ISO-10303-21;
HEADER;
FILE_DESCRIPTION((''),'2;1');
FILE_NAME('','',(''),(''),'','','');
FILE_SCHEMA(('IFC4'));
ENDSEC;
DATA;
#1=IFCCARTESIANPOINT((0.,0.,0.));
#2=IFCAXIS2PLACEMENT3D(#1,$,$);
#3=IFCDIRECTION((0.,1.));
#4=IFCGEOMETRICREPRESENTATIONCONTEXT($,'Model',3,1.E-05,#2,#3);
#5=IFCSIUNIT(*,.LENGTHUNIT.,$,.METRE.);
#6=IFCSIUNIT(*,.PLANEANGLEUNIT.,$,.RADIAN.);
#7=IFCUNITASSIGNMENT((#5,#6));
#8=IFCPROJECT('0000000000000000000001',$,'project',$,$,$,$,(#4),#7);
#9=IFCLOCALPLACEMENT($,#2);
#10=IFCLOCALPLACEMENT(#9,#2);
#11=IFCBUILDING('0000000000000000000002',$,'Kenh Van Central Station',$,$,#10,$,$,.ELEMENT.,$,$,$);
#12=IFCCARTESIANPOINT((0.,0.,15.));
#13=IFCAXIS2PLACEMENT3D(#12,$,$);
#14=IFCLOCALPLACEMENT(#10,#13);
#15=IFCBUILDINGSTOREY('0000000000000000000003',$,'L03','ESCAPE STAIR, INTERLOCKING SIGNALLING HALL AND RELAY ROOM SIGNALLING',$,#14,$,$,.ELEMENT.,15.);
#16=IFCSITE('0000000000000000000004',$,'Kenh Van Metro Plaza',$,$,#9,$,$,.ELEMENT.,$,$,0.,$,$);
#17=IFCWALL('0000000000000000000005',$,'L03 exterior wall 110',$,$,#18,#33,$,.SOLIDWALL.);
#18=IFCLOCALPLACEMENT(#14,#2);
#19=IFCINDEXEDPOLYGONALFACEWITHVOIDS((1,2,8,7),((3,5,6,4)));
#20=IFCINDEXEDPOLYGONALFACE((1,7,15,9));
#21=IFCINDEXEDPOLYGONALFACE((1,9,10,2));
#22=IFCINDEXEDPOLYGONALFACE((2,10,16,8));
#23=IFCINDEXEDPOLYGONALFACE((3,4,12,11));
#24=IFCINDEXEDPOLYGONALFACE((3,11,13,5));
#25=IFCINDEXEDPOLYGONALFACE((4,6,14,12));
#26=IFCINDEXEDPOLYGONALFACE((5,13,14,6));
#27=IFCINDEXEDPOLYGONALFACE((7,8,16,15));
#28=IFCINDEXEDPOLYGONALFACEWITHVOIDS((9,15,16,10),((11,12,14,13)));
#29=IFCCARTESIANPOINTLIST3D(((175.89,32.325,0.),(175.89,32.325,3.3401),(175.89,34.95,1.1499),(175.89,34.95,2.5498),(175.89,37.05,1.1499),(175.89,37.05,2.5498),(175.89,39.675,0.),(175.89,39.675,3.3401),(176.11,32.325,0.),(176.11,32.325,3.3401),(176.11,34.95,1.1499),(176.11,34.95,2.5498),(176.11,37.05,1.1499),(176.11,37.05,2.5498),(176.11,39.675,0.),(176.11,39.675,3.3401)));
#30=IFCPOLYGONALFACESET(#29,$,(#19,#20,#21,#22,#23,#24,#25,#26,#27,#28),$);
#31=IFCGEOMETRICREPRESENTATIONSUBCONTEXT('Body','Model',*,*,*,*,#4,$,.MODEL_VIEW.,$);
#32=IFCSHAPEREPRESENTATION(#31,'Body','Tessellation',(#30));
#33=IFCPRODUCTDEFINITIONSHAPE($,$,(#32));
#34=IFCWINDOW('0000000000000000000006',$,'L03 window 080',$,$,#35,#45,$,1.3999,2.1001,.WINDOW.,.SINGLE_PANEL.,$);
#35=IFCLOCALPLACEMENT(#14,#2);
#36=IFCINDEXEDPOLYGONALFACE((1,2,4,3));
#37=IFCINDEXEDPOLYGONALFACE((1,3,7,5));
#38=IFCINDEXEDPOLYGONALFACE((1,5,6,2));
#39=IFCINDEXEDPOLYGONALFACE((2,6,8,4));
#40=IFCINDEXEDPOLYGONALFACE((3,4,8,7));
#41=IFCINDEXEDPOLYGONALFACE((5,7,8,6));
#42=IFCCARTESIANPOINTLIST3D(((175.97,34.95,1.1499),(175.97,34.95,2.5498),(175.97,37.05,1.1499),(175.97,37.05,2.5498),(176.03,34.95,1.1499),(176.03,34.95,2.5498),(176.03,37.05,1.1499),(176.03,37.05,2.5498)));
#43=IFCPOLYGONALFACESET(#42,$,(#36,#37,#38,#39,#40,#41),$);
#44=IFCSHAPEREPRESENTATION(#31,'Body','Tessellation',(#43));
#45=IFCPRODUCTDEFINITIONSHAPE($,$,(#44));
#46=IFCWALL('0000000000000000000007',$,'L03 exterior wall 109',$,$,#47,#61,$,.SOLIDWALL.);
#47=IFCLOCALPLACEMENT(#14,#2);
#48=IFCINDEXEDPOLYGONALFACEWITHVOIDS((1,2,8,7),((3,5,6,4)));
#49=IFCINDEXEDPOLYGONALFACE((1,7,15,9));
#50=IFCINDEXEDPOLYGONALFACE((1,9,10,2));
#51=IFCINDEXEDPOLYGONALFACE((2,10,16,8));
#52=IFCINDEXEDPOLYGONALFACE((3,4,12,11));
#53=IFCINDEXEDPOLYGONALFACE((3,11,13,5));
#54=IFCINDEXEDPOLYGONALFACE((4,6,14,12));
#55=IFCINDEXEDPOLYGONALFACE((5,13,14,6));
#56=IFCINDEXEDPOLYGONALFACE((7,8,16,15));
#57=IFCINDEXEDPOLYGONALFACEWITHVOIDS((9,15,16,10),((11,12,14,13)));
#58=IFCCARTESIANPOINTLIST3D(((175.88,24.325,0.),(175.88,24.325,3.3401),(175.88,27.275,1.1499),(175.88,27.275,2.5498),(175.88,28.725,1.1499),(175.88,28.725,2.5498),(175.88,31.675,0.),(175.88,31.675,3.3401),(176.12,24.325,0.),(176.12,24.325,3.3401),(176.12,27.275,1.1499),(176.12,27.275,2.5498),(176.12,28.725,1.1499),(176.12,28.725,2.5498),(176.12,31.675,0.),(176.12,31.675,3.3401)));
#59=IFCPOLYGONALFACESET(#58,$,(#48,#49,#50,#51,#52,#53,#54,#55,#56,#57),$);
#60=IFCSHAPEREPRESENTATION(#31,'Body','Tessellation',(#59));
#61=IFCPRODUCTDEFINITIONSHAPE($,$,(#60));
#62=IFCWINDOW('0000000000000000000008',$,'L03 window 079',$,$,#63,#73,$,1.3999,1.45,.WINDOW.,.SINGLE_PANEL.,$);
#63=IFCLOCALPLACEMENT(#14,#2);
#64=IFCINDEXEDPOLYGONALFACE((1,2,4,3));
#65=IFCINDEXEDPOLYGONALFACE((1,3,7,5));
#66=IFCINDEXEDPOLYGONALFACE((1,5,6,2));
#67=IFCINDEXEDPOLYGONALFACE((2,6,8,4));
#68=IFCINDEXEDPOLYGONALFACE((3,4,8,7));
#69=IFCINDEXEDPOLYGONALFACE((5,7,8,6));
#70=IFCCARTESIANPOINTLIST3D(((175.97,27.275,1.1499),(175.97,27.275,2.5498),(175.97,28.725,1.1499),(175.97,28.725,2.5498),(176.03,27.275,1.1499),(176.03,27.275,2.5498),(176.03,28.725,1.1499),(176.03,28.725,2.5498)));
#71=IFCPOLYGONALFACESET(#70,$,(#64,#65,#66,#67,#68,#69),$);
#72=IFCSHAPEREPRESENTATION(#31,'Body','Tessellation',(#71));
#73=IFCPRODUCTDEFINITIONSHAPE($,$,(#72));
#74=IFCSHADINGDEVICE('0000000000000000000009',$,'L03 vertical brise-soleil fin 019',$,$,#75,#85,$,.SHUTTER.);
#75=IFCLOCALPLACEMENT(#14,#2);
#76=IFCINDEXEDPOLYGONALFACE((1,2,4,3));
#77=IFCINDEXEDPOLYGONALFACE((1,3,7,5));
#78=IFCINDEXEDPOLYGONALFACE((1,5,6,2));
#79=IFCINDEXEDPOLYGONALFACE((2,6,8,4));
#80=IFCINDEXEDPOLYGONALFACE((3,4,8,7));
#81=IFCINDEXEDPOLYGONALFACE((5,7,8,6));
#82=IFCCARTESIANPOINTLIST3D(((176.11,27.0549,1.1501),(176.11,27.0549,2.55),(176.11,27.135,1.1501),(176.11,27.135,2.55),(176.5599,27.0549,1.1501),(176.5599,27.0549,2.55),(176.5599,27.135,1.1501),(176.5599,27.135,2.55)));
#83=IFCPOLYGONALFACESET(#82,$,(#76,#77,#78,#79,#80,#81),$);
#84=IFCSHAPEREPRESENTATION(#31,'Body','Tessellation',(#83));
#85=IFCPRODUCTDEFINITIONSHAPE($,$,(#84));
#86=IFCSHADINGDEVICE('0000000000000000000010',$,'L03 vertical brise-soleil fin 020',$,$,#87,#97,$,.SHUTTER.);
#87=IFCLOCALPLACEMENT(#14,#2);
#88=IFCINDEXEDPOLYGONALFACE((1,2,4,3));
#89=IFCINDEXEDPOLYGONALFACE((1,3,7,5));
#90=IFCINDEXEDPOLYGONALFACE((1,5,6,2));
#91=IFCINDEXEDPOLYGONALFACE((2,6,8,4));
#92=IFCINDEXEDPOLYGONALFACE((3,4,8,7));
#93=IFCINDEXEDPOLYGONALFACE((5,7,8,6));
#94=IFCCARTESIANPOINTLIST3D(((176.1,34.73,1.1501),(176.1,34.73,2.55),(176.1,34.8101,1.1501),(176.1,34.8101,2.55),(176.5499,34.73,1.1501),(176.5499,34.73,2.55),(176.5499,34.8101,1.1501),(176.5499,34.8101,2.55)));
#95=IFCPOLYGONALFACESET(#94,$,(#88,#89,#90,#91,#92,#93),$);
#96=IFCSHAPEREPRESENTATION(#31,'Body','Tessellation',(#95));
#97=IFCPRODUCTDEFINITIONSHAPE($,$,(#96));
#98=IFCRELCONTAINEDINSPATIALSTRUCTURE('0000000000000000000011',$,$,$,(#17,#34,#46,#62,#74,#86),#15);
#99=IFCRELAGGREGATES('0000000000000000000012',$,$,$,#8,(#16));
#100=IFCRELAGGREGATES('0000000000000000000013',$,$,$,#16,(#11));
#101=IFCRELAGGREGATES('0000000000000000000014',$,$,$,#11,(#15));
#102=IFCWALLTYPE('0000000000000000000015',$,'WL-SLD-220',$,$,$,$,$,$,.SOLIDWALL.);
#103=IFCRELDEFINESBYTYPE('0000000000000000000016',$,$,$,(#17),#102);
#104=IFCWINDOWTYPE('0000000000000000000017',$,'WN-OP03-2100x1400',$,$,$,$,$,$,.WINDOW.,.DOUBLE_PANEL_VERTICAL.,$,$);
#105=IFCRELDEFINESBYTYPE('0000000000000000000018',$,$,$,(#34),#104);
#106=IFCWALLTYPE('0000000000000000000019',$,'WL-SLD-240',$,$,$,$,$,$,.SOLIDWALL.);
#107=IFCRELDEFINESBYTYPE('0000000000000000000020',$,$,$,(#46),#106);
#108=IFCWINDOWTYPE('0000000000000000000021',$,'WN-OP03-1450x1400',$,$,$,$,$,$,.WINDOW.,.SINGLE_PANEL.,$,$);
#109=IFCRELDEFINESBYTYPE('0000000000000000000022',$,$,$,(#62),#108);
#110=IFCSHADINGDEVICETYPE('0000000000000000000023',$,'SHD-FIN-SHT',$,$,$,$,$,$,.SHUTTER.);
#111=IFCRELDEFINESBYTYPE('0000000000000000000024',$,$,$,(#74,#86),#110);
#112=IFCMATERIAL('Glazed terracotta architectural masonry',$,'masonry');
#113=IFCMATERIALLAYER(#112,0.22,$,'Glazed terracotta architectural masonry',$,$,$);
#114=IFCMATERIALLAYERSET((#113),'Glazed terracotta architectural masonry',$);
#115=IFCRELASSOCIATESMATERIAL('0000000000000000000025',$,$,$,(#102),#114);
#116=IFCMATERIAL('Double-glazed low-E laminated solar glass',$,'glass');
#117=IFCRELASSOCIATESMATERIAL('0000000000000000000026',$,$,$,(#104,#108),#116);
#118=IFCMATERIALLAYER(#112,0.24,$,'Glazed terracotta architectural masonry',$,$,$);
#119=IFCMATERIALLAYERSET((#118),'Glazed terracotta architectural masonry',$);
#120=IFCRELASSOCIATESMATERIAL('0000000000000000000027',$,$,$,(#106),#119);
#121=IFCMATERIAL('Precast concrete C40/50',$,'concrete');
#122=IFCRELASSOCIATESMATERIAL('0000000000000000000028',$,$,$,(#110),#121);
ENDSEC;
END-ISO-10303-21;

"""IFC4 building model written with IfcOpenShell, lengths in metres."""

from ifc_helpers import new_model, si_unit, direction, frame, frame_2d, origin, origin_2d, place, context, subcontext, project, spatial, rectangle, extrude, material, layer, layer_set, type_object, element, fill, save


model = new_model("IFC4")

# Units and contexts
model_context = context("Model", 3, precision=1e-05, world=origin(), true_north=direction((0.0, 1.0)))
body_context = subcontext(model_context, "Body", "Model", "MODEL_VIEW")
ifc_project = project(units=[si_unit("LENGTHUNIT", "METRE"), si_unit("PLANEANGLEUNIT", "RADIAN")], contexts=[model_context])

# Site, building, storey
site_placement = place(None, origin())
site = spatial("IfcSite", under=ifc_project, at=site_placement, Name="Kenh Van Metro Plaza", CompositionType="ELEMENT", RefElevation=0.0)
building_placement = place(site_placement, origin())
building = spatial("IfcBuilding", under=site, at=building_placement, Name="Kenh Van Central Station", CompositionType="ELEMENT")
storey_placement = place(building_placement, frame((0.0, 0.0, 15.0)))
storey = spatial("IfcBuildingStorey", under=building, at=storey_placement, Name="L03", Description="ESCAPE STAIR, INTERLOCKING SIGNALLING HALL AND RELAY ROOM SIGNALLING", CompositionType="ELEMENT", Elevation=15.0)

# Walls, openings, windows
ifc_material_1 = material(Name="Glazed terracotta architectural masonry", Category="masonry")
ifc_layer_1 = layer(ifc_material_1, 0.22, Name="Glazed terracotta architectural masonry")
ifc_layer_set_1 = layer_set([ifc_layer_1], Name="Glazed terracotta architectural masonry")
wall_type_1 = type_object("IfcWallType", Name="WL-SLD-220", PredefinedType="SOLIDWALL", material=ifc_layer_set_1)
wall_1_placement = place(storey_placement, frame((176.0, 32.325, 0.0), z_axis=(0.0, 0.0, 1.0), x_axis=(0.0, 1.0, 0.0)))
wall_1 = element("IfcWall", 1, at=wall_1_placement, inside=storey, type_object=wall_type_1, Name="L03 exterior wall 110", PredefinedType="SOLIDWALL", context=body_context, shape_type="SweptSolid", body=[
    extrude(rectangle(XDim=7.3501, YDim=0.22, at=frame_2d((3.675, 0.0))), origin(), (0.0, 0.0, 1.0), 3.3401),
])
opening_1_placement = place(wall_1_placement, frame((2.625, 0.0, 1.1499)))
opening_1 = element("IfcOpeningElement", 2, at=opening_1_placement, cuts=wall_1, PredefinedType="OPENING", context=body_context, shape_type="SweptSolid", body=[
    extrude(rectangle(XDim=2.1001, YDim=1.3999, at=frame_2d((1.05, 0.7))), frame((0.0, 0.1199, 0.0), z_axis=(0.0, -1.0, 0.0), x_axis=(1.0, 0.0, 0.0)), (0.0, 0.0, 1.0), 0.24),
])
ifc_material_2 = material(Name="Double-glazed low-E laminated solar glass", Category="glass")
window_type_1 = type_object("IfcWindowType", Name="WN-OP03-2100x1400", PartitioningType="DOUBLE_PANEL_VERTICAL", PredefinedType="WINDOW", material=ifc_material_2)
window_1_placement = place(opening_1_placement, origin())
window_1 = element("IfcWindow", 3, at=window_1_placement, inside=storey, type_object=window_type_1, Name="L03 window 080", OverallHeight=1.3999, OverallWidth=2.1001, PartitioningType="SINGLE_PANEL", PredefinedType="WINDOW", context=body_context, shape_type="SweptSolid", body=[
    extrude(rectangle(XDim=2.1001, YDim=1.3999, at=frame_2d((1.05, 0.7))), frame((0.0, 0.03, 0.0), z_axis=(0.0, -1.0, 0.0), x_axis=(1.0, 0.0, 0.0)), (0.0, 0.0, 1.0), 0.0601),
])
fill(opening_1, window_1)
ifc_layer_2 = layer(ifc_material_1, 0.24, Name="Glazed terracotta architectural masonry")
ifc_layer_set_2 = layer_set([ifc_layer_2], Name="Glazed terracotta architectural masonry")
wall_type_2 = type_object("IfcWallType", Name="WL-SLD-240", PredefinedType="SOLIDWALL", material=ifc_layer_set_2)
wall_2_placement = place(storey_placement, frame((176.0, 24.325, 0.0), z_axis=(0.0, 0.0, 1.0), x_axis=(0.0, 1.0, 0.0)))
wall_2 = element("IfcWall", 4, at=wall_2_placement, inside=storey, type_object=wall_type_2, Name="L03 exterior wall 109", PredefinedType="SOLIDWALL", context=body_context, shape_type="SweptSolid", body=[
    extrude(rectangle(XDim=7.3501, YDim=0.24, at=frame_2d((3.675, 0.0))), origin(), (0.0, 0.0, 1.0), 3.3401),
])
opening_2_placement = place(wall_2_placement, frame((2.95, 0.0, 1.1499)))
opening_2 = element("IfcOpeningElement", 5, at=opening_2_placement, cuts=wall_2, PredefinedType="OPENING", context=body_context, shape_type="SweptSolid", body=[
    extrude(rectangle(XDim=1.45, YDim=1.3999, at=frame_2d((0.7251, 0.7))), frame((0.0, 0.1299, 0.0), z_axis=(0.0, -1.0, 0.0), x_axis=(1.0, 0.0, 0.0)), (0.0, 0.0, 1.0), 0.26),
])
window_type_2 = type_object("IfcWindowType", Name="WN-OP03-1450x1400", PartitioningType="SINGLE_PANEL", PredefinedType="WINDOW", material=ifc_material_2)
window_2_placement = place(opening_2_placement, origin())
window_2 = element("IfcWindow", 6, at=window_2_placement, inside=storey, type_object=window_type_2, Name="L03 window 079", OverallHeight=1.3999, OverallWidth=1.45, PartitioningType="SINGLE_PANEL", PredefinedType="WINDOW", context=body_context, shape_type="SweptSolid", body=[
    extrude(rectangle(XDim=1.45, YDim=1.3999, at=frame_2d((0.7251, 0.7))), frame((0.0, 0.03, 0.0), z_axis=(0.0, -1.0, 0.0), x_axis=(1.0, 0.0, 0.0)), (0.0, 0.0, 1.0), 0.0601),
])
fill(opening_2, window_2)

# Shading devices
ifc_material_3 = material(Name="Precast concrete C40/50", Category="concrete")
shading_device_type = type_object("IfcShadingDeviceType", Name="SHD-FIN-SHT", PredefinedType="SHUTTER", material=ifc_material_3)
for number, where, z_axis, x_axis, name in (
    (7, (176.335, 27.095, 1.1501), (0.0, 0.0, 1.0), (1.0, 0.0, 0.0), "L03 vertical brise-soleil fin 019"),
    (8, (176.325, 34.77, 1.1501), (0.0, 0.0, 1.0), (1.0, 0.0, 0.0), "L03 vertical brise-soleil fin 020"),
):
    element("IfcShadingDevice", number, at=place(storey_placement, frame(where, z_axis=z_axis, x_axis=x_axis)), inside=storey, type_object=shading_device_type, Name=name, PredefinedType="SHUTTER", context=body_context, shape_type="SweptSolid", body=[
        extrude(rectangle(XDim=0.45, YDim=0.0801, at=origin_2d()), origin(), (0.0, 0.0, 1.0), 1.3999),
    ])

save(model, "model.ifc")
